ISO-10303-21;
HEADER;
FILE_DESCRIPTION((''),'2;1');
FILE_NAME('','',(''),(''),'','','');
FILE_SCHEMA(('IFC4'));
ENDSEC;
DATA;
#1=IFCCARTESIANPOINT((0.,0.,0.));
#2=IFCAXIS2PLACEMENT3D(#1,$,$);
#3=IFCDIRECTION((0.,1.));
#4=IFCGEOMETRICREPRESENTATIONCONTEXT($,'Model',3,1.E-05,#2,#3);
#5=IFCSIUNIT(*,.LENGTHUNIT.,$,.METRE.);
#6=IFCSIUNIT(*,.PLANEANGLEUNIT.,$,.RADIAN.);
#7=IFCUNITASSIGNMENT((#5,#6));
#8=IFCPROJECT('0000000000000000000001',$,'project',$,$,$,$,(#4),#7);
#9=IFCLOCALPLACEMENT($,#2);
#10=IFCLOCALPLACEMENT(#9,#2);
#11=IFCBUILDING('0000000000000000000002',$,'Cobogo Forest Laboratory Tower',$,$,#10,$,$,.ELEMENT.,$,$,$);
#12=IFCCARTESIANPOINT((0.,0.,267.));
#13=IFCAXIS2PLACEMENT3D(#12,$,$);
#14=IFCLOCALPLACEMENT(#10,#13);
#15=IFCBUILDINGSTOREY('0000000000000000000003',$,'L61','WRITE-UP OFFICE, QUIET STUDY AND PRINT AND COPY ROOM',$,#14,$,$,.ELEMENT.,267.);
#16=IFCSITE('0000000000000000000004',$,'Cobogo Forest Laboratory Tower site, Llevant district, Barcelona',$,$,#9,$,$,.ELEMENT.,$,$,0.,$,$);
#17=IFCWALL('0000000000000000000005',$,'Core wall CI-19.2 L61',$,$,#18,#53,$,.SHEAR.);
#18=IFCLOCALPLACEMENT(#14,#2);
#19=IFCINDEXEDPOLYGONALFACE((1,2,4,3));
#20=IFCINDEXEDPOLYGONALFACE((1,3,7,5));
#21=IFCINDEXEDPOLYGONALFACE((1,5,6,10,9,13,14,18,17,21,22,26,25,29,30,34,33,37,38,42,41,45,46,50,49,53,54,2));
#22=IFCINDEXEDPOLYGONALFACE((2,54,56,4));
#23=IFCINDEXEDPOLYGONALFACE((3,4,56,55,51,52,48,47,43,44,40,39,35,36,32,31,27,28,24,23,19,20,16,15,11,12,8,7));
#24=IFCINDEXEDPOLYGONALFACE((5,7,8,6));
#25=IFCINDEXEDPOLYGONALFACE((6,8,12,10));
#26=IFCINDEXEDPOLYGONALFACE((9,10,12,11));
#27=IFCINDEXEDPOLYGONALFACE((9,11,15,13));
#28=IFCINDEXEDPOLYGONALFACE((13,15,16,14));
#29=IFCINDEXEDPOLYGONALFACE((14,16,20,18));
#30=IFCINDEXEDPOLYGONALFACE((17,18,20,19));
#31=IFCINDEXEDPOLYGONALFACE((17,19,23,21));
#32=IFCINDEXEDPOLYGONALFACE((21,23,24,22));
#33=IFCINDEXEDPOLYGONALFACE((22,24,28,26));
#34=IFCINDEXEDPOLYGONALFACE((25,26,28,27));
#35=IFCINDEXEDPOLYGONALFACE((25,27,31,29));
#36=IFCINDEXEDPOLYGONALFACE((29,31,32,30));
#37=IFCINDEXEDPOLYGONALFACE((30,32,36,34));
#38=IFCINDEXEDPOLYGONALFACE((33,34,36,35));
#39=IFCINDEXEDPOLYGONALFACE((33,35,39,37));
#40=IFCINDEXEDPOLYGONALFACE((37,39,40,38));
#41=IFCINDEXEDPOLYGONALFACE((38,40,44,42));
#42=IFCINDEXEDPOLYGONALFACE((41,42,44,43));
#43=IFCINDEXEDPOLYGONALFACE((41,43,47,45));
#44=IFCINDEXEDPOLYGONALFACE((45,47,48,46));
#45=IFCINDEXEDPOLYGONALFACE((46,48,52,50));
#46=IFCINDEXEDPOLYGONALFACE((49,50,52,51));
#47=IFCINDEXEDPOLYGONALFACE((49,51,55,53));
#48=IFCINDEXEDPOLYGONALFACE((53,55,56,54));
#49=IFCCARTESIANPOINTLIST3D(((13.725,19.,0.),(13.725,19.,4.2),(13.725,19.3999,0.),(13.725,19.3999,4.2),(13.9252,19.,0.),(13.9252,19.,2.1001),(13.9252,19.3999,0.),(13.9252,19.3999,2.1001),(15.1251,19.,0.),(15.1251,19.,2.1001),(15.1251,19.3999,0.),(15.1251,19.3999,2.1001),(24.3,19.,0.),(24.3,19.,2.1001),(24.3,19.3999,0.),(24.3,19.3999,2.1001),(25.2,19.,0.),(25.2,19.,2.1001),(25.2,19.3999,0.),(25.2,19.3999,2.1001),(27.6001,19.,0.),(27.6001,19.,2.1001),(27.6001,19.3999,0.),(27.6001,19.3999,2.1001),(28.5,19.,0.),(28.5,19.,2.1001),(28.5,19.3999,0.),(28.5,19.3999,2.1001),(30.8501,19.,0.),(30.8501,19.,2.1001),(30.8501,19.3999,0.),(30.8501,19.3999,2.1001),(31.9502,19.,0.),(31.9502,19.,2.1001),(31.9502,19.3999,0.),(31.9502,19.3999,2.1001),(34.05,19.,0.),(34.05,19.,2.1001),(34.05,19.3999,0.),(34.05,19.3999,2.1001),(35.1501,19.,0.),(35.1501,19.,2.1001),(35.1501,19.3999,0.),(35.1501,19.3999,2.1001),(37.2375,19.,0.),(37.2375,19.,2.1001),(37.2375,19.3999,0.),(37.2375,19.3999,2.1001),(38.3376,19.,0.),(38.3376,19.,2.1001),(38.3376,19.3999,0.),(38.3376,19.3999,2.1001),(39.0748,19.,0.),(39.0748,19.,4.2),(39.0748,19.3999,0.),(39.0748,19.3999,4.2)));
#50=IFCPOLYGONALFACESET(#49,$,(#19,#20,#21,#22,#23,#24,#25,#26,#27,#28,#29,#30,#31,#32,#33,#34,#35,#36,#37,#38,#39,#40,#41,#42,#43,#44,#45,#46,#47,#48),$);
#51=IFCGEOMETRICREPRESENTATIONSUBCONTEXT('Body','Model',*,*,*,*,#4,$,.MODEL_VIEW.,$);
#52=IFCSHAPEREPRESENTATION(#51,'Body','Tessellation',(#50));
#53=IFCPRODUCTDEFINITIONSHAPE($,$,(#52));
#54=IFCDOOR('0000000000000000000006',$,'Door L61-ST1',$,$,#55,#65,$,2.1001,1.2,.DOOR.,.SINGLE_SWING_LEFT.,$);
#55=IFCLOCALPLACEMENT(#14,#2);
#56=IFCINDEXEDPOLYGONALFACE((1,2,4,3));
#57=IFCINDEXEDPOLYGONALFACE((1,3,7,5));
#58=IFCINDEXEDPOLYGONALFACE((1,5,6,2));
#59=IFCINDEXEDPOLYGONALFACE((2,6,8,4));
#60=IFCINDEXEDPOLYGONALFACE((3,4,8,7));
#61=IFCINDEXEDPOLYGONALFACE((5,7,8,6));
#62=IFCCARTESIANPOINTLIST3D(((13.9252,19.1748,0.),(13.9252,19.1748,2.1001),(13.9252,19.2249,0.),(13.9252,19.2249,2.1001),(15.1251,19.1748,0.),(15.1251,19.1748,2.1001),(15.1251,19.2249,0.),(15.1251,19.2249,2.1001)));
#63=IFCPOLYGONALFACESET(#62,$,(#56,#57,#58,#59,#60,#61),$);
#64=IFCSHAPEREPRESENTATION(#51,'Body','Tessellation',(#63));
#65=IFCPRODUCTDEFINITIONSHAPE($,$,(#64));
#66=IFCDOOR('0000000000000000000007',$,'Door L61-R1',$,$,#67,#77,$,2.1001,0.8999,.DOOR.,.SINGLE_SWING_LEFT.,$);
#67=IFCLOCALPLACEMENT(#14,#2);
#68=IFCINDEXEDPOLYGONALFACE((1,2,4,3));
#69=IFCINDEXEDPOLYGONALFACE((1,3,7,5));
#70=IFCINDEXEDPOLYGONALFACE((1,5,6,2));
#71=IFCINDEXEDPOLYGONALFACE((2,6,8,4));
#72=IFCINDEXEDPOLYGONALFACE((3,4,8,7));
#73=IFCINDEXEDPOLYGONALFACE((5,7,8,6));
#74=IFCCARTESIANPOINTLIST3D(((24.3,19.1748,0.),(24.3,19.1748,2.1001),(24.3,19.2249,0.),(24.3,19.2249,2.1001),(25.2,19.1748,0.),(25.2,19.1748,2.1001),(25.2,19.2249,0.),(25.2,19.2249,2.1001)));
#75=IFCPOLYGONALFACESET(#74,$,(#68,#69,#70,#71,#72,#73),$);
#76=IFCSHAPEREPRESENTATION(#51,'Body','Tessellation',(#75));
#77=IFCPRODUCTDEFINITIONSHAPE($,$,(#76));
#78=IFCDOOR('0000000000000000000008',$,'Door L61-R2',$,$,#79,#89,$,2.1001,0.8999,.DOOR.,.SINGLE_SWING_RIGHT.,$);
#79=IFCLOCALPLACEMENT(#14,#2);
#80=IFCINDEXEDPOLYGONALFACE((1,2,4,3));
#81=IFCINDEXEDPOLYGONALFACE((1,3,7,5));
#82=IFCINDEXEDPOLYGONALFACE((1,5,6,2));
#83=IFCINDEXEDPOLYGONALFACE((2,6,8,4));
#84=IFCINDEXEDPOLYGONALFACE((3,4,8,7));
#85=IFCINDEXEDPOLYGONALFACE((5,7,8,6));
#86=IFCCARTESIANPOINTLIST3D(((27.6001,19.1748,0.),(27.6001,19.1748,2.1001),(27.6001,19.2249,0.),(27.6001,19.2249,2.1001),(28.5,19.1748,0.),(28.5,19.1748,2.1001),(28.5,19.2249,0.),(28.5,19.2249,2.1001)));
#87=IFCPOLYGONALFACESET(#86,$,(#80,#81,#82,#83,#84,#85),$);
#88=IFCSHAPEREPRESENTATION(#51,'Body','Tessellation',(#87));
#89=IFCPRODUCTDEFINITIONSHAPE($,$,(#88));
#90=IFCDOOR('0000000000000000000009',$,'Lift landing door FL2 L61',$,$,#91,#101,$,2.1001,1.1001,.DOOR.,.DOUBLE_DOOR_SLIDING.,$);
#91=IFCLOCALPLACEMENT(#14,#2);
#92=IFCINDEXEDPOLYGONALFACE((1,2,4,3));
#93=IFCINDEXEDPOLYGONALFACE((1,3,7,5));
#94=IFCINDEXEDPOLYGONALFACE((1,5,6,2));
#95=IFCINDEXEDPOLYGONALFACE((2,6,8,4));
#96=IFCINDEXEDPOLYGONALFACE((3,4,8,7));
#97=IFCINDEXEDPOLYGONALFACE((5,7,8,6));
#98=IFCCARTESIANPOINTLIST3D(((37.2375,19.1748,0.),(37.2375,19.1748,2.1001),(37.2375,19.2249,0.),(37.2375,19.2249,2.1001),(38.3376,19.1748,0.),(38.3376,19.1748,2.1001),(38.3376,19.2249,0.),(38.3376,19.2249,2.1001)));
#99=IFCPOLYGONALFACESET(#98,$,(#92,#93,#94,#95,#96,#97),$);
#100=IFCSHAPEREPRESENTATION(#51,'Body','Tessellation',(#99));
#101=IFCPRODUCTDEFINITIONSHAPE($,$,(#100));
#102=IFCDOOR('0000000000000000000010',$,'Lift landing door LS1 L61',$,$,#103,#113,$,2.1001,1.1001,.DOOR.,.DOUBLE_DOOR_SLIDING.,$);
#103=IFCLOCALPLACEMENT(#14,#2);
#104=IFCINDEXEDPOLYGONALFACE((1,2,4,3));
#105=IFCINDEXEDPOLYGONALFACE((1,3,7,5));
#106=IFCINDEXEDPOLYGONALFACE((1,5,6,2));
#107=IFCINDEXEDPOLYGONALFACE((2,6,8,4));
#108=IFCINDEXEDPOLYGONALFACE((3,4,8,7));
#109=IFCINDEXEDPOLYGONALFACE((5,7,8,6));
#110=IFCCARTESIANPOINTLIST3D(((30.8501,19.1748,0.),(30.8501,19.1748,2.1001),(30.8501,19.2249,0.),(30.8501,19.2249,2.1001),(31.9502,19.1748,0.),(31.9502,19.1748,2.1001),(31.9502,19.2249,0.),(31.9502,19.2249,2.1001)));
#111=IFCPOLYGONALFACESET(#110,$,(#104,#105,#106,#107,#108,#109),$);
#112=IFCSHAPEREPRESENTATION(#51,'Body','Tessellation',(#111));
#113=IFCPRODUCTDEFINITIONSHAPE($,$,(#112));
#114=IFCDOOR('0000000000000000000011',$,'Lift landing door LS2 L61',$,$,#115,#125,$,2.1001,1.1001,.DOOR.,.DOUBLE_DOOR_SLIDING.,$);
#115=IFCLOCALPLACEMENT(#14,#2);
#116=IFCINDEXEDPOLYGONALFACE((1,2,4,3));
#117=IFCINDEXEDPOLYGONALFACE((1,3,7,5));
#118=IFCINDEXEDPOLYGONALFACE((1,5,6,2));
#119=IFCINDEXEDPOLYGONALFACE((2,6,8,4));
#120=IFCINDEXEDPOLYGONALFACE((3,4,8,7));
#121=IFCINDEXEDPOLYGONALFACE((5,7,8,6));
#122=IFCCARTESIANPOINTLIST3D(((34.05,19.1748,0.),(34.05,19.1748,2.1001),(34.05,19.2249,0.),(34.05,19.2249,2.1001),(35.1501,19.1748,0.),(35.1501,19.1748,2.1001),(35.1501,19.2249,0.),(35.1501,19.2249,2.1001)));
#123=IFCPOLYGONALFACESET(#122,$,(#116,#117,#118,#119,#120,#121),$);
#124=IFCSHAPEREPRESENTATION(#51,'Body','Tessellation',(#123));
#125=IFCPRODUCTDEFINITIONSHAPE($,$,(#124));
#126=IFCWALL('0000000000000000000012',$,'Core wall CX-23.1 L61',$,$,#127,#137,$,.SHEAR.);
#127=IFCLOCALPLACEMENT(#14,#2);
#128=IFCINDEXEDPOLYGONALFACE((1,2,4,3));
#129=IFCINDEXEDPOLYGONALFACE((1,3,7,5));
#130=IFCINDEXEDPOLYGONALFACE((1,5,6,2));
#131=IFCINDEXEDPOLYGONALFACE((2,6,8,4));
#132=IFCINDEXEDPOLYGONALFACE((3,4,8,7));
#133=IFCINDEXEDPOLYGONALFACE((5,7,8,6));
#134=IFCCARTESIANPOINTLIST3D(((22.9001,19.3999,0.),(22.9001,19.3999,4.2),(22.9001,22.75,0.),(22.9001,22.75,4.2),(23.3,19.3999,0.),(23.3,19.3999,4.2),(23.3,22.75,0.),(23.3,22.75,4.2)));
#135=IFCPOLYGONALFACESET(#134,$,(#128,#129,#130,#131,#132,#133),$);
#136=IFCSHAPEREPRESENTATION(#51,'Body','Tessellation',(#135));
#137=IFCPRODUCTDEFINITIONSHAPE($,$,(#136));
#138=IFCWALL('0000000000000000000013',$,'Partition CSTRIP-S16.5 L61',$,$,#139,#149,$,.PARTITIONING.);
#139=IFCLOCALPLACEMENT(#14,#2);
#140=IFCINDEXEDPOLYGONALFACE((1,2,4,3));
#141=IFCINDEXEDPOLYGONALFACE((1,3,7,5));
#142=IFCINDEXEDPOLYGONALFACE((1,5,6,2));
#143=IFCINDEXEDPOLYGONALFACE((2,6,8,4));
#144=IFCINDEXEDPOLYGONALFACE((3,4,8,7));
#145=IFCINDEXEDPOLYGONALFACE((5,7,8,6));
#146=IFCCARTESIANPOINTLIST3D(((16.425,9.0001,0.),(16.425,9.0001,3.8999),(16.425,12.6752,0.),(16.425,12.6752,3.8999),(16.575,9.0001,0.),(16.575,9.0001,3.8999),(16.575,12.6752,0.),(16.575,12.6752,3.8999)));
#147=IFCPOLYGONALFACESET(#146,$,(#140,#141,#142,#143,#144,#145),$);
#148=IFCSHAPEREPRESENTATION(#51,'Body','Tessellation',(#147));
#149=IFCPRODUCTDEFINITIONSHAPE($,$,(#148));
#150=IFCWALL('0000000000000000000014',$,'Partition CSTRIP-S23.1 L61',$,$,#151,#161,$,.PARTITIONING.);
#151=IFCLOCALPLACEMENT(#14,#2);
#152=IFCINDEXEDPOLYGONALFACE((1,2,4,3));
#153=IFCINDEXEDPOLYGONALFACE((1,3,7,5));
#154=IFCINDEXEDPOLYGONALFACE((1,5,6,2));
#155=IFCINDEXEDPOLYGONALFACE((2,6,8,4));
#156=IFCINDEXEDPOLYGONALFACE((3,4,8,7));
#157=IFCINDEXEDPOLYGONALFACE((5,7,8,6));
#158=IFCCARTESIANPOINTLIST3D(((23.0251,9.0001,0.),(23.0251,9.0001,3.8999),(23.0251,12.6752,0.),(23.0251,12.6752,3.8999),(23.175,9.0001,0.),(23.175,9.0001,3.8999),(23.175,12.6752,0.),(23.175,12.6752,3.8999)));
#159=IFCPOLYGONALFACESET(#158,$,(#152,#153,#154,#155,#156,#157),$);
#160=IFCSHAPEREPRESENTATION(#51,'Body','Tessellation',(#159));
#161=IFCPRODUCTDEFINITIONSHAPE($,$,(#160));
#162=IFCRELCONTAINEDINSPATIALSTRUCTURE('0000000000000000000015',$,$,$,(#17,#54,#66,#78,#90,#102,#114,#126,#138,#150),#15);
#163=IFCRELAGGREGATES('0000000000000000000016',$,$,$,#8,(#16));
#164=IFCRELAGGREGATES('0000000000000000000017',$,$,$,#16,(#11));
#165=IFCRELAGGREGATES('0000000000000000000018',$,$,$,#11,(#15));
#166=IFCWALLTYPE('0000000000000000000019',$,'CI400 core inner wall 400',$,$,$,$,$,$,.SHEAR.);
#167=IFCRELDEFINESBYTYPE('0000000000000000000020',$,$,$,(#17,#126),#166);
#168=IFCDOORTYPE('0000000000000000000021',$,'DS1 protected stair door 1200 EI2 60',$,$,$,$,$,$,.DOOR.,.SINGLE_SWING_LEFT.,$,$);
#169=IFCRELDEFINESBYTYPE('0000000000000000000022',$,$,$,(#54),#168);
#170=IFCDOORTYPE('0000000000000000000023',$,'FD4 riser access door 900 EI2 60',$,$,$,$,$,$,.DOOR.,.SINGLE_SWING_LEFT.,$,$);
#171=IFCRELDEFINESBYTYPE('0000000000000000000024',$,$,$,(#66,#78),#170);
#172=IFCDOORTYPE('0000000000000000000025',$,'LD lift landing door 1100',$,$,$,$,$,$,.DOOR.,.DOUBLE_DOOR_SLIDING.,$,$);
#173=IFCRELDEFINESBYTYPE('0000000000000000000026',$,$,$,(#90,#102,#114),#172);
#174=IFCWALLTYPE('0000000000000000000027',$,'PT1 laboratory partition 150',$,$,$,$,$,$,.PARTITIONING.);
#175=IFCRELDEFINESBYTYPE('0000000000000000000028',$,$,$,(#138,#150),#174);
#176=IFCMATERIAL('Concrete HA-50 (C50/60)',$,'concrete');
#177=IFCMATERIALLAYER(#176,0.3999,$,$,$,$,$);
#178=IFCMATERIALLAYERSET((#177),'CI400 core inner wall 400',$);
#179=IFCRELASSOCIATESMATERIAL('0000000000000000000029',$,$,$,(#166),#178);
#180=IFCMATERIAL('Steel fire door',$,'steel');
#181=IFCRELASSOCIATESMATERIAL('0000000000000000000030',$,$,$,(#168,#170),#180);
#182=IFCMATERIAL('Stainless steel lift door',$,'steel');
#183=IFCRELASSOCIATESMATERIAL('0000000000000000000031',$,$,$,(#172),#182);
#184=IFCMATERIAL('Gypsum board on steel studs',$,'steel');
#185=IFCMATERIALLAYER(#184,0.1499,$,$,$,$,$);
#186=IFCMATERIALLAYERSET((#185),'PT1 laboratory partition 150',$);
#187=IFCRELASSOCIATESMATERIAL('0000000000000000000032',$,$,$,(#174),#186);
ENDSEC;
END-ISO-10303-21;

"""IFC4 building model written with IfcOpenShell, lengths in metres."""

from ifc_helpers import new_model, si_unit, direction, frame, frame_2d, origin, place, context, subcontext, project, spatial, rectangle, extrude, material, layer, layer_set, type_object, element, fill, save


model = new_model("IFC4")

# Units and contexts
model_context = context("Model", 3, precision=1e-05, world=origin(), true_north=direction((0.0, 1.0)))
body_context = subcontext(model_context, "Body", "Model", "MODEL_VIEW")
ifc_project = project(units=[si_unit("LENGTHUNIT", "METRE"), si_unit("PLANEANGLEUNIT", "RADIAN")], contexts=[model_context])

# Site, building, storey
site_placement = place(None, origin())
site = spatial("IfcSite", under=ifc_project, at=site_placement, Name="Cobogo Forest Laboratory Tower site, Llevant district, Barcelona", CompositionType="ELEMENT", RefElevation=0.0)
building_placement = place(site_placement, origin())
building = spatial("IfcBuilding", under=site, at=building_placement, Name="Cobogo Forest Laboratory Tower", CompositionType="ELEMENT")
storey_placement = place(building_placement, frame((0.0, 0.0, 267.0)))
storey = spatial("IfcBuildingStorey", under=building, at=storey_placement, Name="L61", Description="WRITE-UP OFFICE, QUIET STUDY AND PRINT AND COPY ROOM", CompositionType="ELEMENT", Elevation=267.0)

# Shared definitions
ifc_material_1 = material(Name="Concrete HA-50 (C50/60)", Category="concrete")

# Wall, openings, doors
ifc_layer_1 = layer(ifc_material_1, 0.3999)
ifc_layer_set_1 = layer_set([ifc_layer_1], Name="CI400 core inner wall 400")
wall_type_1 = type_object("IfcWallType", Name="CI400 core inner wall 400", PredefinedType="SHEAR", material=ifc_layer_set_1)
ifc_material_2 = material(Name="Steel fire door", Category="steel")
wall_1_placement = place(storey_placement, frame((13.7251, 19.2, 0.0), z_axis=(0.0, 0.0, 1.0), x_axis=(1.0, 0.0, 0.0)))
wall_1 = element("IfcWall", 1, at=wall_1_placement, inside=storey, type_object=wall_type_1, Name="Core wall CI-19.2 L61", PredefinedType="SHEAR", context=body_context, shape_type="SweptSolid", body=[
    extrude(rectangle(XDim=25.3499, YDim=0.3999, at=frame_2d((12.6748, 0.0))), origin(), (0.0, 0.0, 1.0), 4.2),
])
opening_1_placement = place(wall_1_placement, frame((10.575, 0.0, 0.0)))
opening_1 = element("IfcOpeningElement", 2, at=opening_1_placement, cuts=wall_1, PredefinedType="OPENING", context=body_context, shape_type="SweptSolid", body=[
    extrude(rectangle(XDim=0.8999, YDim=2.1001, at=frame_2d((0.45, 1.05))), frame((0.0, 0.21, 0.0), z_axis=(0.0, -1.0, 0.0), x_axis=(1.0, 0.0, 0.0)), (0.0, 0.0, 1.0), 0.4199),
])
opening_2_placement = place(wall_1_placement, frame((13.875, 0.0, 0.0)))
opening_2 = element("IfcOpeningElement", 3, at=opening_2_placement, cuts=wall_1, PredefinedType="OPENING", context=body_context, shape_type="SweptSolid", body=[
    extrude(rectangle(XDim=0.8999, YDim=2.1001, at=frame_2d((0.45, 1.05))), frame((0.0, 0.21, 0.0), z_axis=(0.0, -1.0, 0.0), x_axis=(1.0, 0.0, 0.0)), (0.0, 0.0, 1.0), 0.4199),
])
opening_3_placement = place(wall_1_placement, frame((0.2, 0.0, 0.0)))
opening_3 = element("IfcOpeningElement", 4, at=opening_3_placement, cuts=wall_1, PredefinedType="OPENING", context=body_context, shape_type="SweptSolid", body=[
    extrude(rectangle(XDim=1.2, YDim=2.1001, at=frame_2d((0.6001, 1.05))), frame((0.0, 0.21, 0.0), z_axis=(0.0, -1.0, 0.0), x_axis=(1.0, 0.0, 0.0)), (0.0, 0.0, 1.0), 0.4199),
])
opening_4_placement = place(wall_1_placement, frame((23.5125, 0.0, 0.0)))
opening_4 = element("IfcOpeningElement", 5, at=opening_4_placement, cuts=wall_1, PredefinedType="OPENING", context=body_context, shape_type="SweptSolid", body=[
    extrude(rectangle(XDim=1.1001, YDim=2.1001, at=frame_2d((0.55, 1.05))), frame((0.0, 0.21, 0.0), z_axis=(0.0, -1.0, 0.0), x_axis=(1.0, 0.0, 0.0)), (0.0, 0.0, 1.0), 0.4199),
])
opening_5_placement = place(wall_1_placement, frame((17.125, 0.0, 0.0)))
opening_5 = element("IfcOpeningElement", 6, at=opening_5_placement, cuts=wall_1, PredefinedType="OPENING", context=body_context, shape_type="SweptSolid", body=[
    extrude(rectangle(XDim=1.1001, YDim=2.1001, at=frame_2d((0.55, 1.05))), frame((0.0, 0.21, 0.0), z_axis=(0.0, -1.0, 0.0), x_axis=(1.0, 0.0, 0.0)), (0.0, 0.0, 1.0), 0.4199),
])
opening_6_placement = place(wall_1_placement, frame((20.325, 0.0, 0.0)))
opening_6 = element("IfcOpeningElement", 7, at=opening_6_placement, cuts=wall_1, PredefinedType="OPENING", context=body_context, shape_type="SweptSolid", body=[
    extrude(rectangle(XDim=1.1001, YDim=2.1001, at=frame_2d((0.55, 1.05))), frame((0.0, 0.21, 0.0), z_axis=(0.0, -1.0, 0.0), x_axis=(1.0, 0.0, 0.0)), (0.0, 0.0, 1.0), 0.4199),
])
door_type_1 = type_object("IfcDoorType", Name="DS1 protected stair door 1200 EI2 60", OperationType="SINGLE_SWING_LEFT", PredefinedType="DOOR", material=ifc_material_2)
door_1_placement = place(opening_3_placement, origin())
door_1 = element("IfcDoor", 8, at=door_1_placement, inside=storey, type_object=door_type_1, Name="Door L61-ST1", OperationType="SINGLE_SWING_LEFT", OverallHeight=2.1001, OverallWidth=1.2, PredefinedType="DOOR", context=body_context, shape_type="SweptSolid", body=[
    extrude(rectangle(XDim=1.2, YDim=2.1001, at=frame_2d((0.6001, 1.05))), frame((0.0, 0.0249, 0.0), z_axis=(0.0, -1.0, 0.0), x_axis=(1.0, 0.0, 0.0)), (0.0, 0.0, 1.0), 0.05),
])
fill(opening_3, door_1)
door_type_2 = type_object("IfcDoorType", Name="FD4 riser access door 900 EI2 60", OperationType="SINGLE_SWING_LEFT", PredefinedType="DOOR", material=ifc_material_2)
door_2_placement = place(opening_1_placement, origin())
door_2 = element("IfcDoor", 9, at=door_2_placement, inside=storey, type_object=door_type_2, Name="Door L61-R1", OperationType="SINGLE_SWING_LEFT", OverallHeight=2.1001, OverallWidth=0.8999, PredefinedType="DOOR", context=body_context, shape_type="SweptSolid", body=[
    extrude(rectangle(XDim=0.8999, YDim=2.1001, at=frame_2d((0.45, 1.05))), frame((0.0, 0.0249, 0.0), z_axis=(0.0, -1.0, 0.0), x_axis=(1.0, 0.0, 0.0)), (0.0, 0.0, 1.0), 0.05),
])
fill(opening_1, door_2)
door_3_placement = place(opening_2_placement, origin())
door_3 = element("IfcDoor", 10, at=door_3_placement, inside=storey, type_object=door_type_2, Name="Door L61-R2", OperationType="SINGLE_SWING_RIGHT", OverallHeight=2.1001, OverallWidth=0.8999, PredefinedType="DOOR", context=body_context, shape_type="SweptSolid", body=[
    extrude(rectangle(XDim=0.8999, YDim=2.1001, at=frame_2d((0.45, 1.05))), frame((0.0, 0.0249, 0.0), z_axis=(0.0, -1.0, 0.0), x_axis=(1.0, 0.0, 0.0)), (0.0, 0.0, 1.0), 0.05),
])
fill(opening_2, door_3)
ifc_material_3 = material(Name="Stainless steel lift door", Category="steel")
door_type_3 = type_object("IfcDoorType", Name="LD lift landing door 1100", OperationType="DOUBLE_DOOR_SLIDING", PredefinedType="DOOR", material=ifc_material_3)
door_4_placement = place(opening_4_placement, origin())
door_4 = element("IfcDoor", 11, at=door_4_placement, inside=storey, type_object=door_type_3, Name="Lift landing door FL2 L61", OperationType="DOUBLE_DOOR_SLIDING", OverallHeight=2.1001, OverallWidth=1.1001, PredefinedType="DOOR", context=body_context, shape_type="SweptSolid", body=[
    extrude(rectangle(XDim=1.1001, YDim=2.1001, at=frame_2d((0.55, 1.05))), frame((0.0, 0.0249, 0.0), z_axis=(0.0, -1.0, 0.0), x_axis=(1.0, 0.0, 0.0)), (0.0, 0.0, 1.0), 0.05),
])
fill(opening_4, door_4)
door_5_placement = place(opening_5_placement, origin())
door_5 = element("IfcDoor", 12, at=door_5_placement, inside=storey, type_object=door_type_3, Name="Lift landing door LS1 L61", OperationType="DOUBLE_DOOR_SLIDING", OverallHeight=2.1001, OverallWidth=1.1001, PredefinedType="DOOR", context=body_context, shape_type="SweptSolid", body=[
    extrude(rectangle(XDim=1.1001, YDim=2.1001, at=frame_2d((0.55, 1.05))), frame((0.0, 0.0249, 0.0), z_axis=(0.0, -1.0, 0.0), x_axis=(1.0, 0.0, 0.0)), (0.0, 0.0, 1.0), 0.05),
])
fill(opening_5, door_5)
door_6_placement = place(opening_6_placement, origin())
door_6 = element("IfcDoor", 13, at=door_6_placement, inside=storey, type_object=door_type_3, Name="Lift landing door LS2 L61", OperationType="DOUBLE_DOOR_SLIDING", OverallHeight=2.1001, OverallWidth=1.1001, PredefinedType="DOOR", context=body_context, shape_type="SweptSolid", body=[
    extrude(rectangle(XDim=1.1001, YDim=2.1001, at=frame_2d((0.55, 1.05))), frame((0.0, 0.0249, 0.0), z_axis=(0.0, -1.0, 0.0), x_axis=(1.0, 0.0, 0.0)), (0.0, 0.0, 1.0), 0.05),
])
fill(opening_6, door_6)

# Walls
wall_2_placement = place(storey_placement, frame((23.1001, 19.3999, 0.0), z_axis=(0.0, 0.0, 1.0), x_axis=(0.0, 1.0, 0.0)))
element("IfcWall", 14, at=wall_2_placement, inside=storey, type_object=wall_type_1, Name="Core wall CX-23.1 L61", PredefinedType="SHEAR", context=body_context, shape_type="SweptSolid", body=[
    extrude(rectangle(XDim=3.3501, YDim=0.3999, at=frame_2d((1.675, 0.0))), origin(), (0.0, 0.0, 1.0), 4.2),
])
ifc_material_4 = material(Name="Gypsum board on steel studs", Category="steel")
ifc_layer_2 = layer(ifc_material_4, 0.1499)
ifc_layer_set_2 = layer_set([ifc_layer_2], Name="PT1 laboratory partition 150")
wall_type_2 = type_object("IfcWallType", Name="PT1 laboratory partition 150", PredefinedType="PARTITIONING", material=ifc_layer_set_2)
for number, where, z_axis, x_axis, name in (
    (15, (16.5, 12.675, 0.0), (0.0, 0.0, 1.0), (0.0, -1.0, 0.0), "Partition CSTRIP-S16.5 L61"),
    (16, (23.1001, 12.675, 0.0), (0.0, 0.0, 1.0), (0.0, -1.0, 0.0), "Partition CSTRIP-S23.1 L61"),
):
    element("IfcWall", number, at=place(storey_placement, frame(where, z_axis=z_axis, x_axis=x_axis)), inside=storey, type_object=wall_type_2, Name=name, PredefinedType="PARTITIONING", context=body_context, shape_type="SweptSolid", body=[
        extrude(rectangle(XDim=3.675, YDim=0.1499, at=frame_2d((1.8374, 0.0))), origin(), (0.0, 0.0, 1.0), 3.8999),
    ])

save(model, "model.ifc")
